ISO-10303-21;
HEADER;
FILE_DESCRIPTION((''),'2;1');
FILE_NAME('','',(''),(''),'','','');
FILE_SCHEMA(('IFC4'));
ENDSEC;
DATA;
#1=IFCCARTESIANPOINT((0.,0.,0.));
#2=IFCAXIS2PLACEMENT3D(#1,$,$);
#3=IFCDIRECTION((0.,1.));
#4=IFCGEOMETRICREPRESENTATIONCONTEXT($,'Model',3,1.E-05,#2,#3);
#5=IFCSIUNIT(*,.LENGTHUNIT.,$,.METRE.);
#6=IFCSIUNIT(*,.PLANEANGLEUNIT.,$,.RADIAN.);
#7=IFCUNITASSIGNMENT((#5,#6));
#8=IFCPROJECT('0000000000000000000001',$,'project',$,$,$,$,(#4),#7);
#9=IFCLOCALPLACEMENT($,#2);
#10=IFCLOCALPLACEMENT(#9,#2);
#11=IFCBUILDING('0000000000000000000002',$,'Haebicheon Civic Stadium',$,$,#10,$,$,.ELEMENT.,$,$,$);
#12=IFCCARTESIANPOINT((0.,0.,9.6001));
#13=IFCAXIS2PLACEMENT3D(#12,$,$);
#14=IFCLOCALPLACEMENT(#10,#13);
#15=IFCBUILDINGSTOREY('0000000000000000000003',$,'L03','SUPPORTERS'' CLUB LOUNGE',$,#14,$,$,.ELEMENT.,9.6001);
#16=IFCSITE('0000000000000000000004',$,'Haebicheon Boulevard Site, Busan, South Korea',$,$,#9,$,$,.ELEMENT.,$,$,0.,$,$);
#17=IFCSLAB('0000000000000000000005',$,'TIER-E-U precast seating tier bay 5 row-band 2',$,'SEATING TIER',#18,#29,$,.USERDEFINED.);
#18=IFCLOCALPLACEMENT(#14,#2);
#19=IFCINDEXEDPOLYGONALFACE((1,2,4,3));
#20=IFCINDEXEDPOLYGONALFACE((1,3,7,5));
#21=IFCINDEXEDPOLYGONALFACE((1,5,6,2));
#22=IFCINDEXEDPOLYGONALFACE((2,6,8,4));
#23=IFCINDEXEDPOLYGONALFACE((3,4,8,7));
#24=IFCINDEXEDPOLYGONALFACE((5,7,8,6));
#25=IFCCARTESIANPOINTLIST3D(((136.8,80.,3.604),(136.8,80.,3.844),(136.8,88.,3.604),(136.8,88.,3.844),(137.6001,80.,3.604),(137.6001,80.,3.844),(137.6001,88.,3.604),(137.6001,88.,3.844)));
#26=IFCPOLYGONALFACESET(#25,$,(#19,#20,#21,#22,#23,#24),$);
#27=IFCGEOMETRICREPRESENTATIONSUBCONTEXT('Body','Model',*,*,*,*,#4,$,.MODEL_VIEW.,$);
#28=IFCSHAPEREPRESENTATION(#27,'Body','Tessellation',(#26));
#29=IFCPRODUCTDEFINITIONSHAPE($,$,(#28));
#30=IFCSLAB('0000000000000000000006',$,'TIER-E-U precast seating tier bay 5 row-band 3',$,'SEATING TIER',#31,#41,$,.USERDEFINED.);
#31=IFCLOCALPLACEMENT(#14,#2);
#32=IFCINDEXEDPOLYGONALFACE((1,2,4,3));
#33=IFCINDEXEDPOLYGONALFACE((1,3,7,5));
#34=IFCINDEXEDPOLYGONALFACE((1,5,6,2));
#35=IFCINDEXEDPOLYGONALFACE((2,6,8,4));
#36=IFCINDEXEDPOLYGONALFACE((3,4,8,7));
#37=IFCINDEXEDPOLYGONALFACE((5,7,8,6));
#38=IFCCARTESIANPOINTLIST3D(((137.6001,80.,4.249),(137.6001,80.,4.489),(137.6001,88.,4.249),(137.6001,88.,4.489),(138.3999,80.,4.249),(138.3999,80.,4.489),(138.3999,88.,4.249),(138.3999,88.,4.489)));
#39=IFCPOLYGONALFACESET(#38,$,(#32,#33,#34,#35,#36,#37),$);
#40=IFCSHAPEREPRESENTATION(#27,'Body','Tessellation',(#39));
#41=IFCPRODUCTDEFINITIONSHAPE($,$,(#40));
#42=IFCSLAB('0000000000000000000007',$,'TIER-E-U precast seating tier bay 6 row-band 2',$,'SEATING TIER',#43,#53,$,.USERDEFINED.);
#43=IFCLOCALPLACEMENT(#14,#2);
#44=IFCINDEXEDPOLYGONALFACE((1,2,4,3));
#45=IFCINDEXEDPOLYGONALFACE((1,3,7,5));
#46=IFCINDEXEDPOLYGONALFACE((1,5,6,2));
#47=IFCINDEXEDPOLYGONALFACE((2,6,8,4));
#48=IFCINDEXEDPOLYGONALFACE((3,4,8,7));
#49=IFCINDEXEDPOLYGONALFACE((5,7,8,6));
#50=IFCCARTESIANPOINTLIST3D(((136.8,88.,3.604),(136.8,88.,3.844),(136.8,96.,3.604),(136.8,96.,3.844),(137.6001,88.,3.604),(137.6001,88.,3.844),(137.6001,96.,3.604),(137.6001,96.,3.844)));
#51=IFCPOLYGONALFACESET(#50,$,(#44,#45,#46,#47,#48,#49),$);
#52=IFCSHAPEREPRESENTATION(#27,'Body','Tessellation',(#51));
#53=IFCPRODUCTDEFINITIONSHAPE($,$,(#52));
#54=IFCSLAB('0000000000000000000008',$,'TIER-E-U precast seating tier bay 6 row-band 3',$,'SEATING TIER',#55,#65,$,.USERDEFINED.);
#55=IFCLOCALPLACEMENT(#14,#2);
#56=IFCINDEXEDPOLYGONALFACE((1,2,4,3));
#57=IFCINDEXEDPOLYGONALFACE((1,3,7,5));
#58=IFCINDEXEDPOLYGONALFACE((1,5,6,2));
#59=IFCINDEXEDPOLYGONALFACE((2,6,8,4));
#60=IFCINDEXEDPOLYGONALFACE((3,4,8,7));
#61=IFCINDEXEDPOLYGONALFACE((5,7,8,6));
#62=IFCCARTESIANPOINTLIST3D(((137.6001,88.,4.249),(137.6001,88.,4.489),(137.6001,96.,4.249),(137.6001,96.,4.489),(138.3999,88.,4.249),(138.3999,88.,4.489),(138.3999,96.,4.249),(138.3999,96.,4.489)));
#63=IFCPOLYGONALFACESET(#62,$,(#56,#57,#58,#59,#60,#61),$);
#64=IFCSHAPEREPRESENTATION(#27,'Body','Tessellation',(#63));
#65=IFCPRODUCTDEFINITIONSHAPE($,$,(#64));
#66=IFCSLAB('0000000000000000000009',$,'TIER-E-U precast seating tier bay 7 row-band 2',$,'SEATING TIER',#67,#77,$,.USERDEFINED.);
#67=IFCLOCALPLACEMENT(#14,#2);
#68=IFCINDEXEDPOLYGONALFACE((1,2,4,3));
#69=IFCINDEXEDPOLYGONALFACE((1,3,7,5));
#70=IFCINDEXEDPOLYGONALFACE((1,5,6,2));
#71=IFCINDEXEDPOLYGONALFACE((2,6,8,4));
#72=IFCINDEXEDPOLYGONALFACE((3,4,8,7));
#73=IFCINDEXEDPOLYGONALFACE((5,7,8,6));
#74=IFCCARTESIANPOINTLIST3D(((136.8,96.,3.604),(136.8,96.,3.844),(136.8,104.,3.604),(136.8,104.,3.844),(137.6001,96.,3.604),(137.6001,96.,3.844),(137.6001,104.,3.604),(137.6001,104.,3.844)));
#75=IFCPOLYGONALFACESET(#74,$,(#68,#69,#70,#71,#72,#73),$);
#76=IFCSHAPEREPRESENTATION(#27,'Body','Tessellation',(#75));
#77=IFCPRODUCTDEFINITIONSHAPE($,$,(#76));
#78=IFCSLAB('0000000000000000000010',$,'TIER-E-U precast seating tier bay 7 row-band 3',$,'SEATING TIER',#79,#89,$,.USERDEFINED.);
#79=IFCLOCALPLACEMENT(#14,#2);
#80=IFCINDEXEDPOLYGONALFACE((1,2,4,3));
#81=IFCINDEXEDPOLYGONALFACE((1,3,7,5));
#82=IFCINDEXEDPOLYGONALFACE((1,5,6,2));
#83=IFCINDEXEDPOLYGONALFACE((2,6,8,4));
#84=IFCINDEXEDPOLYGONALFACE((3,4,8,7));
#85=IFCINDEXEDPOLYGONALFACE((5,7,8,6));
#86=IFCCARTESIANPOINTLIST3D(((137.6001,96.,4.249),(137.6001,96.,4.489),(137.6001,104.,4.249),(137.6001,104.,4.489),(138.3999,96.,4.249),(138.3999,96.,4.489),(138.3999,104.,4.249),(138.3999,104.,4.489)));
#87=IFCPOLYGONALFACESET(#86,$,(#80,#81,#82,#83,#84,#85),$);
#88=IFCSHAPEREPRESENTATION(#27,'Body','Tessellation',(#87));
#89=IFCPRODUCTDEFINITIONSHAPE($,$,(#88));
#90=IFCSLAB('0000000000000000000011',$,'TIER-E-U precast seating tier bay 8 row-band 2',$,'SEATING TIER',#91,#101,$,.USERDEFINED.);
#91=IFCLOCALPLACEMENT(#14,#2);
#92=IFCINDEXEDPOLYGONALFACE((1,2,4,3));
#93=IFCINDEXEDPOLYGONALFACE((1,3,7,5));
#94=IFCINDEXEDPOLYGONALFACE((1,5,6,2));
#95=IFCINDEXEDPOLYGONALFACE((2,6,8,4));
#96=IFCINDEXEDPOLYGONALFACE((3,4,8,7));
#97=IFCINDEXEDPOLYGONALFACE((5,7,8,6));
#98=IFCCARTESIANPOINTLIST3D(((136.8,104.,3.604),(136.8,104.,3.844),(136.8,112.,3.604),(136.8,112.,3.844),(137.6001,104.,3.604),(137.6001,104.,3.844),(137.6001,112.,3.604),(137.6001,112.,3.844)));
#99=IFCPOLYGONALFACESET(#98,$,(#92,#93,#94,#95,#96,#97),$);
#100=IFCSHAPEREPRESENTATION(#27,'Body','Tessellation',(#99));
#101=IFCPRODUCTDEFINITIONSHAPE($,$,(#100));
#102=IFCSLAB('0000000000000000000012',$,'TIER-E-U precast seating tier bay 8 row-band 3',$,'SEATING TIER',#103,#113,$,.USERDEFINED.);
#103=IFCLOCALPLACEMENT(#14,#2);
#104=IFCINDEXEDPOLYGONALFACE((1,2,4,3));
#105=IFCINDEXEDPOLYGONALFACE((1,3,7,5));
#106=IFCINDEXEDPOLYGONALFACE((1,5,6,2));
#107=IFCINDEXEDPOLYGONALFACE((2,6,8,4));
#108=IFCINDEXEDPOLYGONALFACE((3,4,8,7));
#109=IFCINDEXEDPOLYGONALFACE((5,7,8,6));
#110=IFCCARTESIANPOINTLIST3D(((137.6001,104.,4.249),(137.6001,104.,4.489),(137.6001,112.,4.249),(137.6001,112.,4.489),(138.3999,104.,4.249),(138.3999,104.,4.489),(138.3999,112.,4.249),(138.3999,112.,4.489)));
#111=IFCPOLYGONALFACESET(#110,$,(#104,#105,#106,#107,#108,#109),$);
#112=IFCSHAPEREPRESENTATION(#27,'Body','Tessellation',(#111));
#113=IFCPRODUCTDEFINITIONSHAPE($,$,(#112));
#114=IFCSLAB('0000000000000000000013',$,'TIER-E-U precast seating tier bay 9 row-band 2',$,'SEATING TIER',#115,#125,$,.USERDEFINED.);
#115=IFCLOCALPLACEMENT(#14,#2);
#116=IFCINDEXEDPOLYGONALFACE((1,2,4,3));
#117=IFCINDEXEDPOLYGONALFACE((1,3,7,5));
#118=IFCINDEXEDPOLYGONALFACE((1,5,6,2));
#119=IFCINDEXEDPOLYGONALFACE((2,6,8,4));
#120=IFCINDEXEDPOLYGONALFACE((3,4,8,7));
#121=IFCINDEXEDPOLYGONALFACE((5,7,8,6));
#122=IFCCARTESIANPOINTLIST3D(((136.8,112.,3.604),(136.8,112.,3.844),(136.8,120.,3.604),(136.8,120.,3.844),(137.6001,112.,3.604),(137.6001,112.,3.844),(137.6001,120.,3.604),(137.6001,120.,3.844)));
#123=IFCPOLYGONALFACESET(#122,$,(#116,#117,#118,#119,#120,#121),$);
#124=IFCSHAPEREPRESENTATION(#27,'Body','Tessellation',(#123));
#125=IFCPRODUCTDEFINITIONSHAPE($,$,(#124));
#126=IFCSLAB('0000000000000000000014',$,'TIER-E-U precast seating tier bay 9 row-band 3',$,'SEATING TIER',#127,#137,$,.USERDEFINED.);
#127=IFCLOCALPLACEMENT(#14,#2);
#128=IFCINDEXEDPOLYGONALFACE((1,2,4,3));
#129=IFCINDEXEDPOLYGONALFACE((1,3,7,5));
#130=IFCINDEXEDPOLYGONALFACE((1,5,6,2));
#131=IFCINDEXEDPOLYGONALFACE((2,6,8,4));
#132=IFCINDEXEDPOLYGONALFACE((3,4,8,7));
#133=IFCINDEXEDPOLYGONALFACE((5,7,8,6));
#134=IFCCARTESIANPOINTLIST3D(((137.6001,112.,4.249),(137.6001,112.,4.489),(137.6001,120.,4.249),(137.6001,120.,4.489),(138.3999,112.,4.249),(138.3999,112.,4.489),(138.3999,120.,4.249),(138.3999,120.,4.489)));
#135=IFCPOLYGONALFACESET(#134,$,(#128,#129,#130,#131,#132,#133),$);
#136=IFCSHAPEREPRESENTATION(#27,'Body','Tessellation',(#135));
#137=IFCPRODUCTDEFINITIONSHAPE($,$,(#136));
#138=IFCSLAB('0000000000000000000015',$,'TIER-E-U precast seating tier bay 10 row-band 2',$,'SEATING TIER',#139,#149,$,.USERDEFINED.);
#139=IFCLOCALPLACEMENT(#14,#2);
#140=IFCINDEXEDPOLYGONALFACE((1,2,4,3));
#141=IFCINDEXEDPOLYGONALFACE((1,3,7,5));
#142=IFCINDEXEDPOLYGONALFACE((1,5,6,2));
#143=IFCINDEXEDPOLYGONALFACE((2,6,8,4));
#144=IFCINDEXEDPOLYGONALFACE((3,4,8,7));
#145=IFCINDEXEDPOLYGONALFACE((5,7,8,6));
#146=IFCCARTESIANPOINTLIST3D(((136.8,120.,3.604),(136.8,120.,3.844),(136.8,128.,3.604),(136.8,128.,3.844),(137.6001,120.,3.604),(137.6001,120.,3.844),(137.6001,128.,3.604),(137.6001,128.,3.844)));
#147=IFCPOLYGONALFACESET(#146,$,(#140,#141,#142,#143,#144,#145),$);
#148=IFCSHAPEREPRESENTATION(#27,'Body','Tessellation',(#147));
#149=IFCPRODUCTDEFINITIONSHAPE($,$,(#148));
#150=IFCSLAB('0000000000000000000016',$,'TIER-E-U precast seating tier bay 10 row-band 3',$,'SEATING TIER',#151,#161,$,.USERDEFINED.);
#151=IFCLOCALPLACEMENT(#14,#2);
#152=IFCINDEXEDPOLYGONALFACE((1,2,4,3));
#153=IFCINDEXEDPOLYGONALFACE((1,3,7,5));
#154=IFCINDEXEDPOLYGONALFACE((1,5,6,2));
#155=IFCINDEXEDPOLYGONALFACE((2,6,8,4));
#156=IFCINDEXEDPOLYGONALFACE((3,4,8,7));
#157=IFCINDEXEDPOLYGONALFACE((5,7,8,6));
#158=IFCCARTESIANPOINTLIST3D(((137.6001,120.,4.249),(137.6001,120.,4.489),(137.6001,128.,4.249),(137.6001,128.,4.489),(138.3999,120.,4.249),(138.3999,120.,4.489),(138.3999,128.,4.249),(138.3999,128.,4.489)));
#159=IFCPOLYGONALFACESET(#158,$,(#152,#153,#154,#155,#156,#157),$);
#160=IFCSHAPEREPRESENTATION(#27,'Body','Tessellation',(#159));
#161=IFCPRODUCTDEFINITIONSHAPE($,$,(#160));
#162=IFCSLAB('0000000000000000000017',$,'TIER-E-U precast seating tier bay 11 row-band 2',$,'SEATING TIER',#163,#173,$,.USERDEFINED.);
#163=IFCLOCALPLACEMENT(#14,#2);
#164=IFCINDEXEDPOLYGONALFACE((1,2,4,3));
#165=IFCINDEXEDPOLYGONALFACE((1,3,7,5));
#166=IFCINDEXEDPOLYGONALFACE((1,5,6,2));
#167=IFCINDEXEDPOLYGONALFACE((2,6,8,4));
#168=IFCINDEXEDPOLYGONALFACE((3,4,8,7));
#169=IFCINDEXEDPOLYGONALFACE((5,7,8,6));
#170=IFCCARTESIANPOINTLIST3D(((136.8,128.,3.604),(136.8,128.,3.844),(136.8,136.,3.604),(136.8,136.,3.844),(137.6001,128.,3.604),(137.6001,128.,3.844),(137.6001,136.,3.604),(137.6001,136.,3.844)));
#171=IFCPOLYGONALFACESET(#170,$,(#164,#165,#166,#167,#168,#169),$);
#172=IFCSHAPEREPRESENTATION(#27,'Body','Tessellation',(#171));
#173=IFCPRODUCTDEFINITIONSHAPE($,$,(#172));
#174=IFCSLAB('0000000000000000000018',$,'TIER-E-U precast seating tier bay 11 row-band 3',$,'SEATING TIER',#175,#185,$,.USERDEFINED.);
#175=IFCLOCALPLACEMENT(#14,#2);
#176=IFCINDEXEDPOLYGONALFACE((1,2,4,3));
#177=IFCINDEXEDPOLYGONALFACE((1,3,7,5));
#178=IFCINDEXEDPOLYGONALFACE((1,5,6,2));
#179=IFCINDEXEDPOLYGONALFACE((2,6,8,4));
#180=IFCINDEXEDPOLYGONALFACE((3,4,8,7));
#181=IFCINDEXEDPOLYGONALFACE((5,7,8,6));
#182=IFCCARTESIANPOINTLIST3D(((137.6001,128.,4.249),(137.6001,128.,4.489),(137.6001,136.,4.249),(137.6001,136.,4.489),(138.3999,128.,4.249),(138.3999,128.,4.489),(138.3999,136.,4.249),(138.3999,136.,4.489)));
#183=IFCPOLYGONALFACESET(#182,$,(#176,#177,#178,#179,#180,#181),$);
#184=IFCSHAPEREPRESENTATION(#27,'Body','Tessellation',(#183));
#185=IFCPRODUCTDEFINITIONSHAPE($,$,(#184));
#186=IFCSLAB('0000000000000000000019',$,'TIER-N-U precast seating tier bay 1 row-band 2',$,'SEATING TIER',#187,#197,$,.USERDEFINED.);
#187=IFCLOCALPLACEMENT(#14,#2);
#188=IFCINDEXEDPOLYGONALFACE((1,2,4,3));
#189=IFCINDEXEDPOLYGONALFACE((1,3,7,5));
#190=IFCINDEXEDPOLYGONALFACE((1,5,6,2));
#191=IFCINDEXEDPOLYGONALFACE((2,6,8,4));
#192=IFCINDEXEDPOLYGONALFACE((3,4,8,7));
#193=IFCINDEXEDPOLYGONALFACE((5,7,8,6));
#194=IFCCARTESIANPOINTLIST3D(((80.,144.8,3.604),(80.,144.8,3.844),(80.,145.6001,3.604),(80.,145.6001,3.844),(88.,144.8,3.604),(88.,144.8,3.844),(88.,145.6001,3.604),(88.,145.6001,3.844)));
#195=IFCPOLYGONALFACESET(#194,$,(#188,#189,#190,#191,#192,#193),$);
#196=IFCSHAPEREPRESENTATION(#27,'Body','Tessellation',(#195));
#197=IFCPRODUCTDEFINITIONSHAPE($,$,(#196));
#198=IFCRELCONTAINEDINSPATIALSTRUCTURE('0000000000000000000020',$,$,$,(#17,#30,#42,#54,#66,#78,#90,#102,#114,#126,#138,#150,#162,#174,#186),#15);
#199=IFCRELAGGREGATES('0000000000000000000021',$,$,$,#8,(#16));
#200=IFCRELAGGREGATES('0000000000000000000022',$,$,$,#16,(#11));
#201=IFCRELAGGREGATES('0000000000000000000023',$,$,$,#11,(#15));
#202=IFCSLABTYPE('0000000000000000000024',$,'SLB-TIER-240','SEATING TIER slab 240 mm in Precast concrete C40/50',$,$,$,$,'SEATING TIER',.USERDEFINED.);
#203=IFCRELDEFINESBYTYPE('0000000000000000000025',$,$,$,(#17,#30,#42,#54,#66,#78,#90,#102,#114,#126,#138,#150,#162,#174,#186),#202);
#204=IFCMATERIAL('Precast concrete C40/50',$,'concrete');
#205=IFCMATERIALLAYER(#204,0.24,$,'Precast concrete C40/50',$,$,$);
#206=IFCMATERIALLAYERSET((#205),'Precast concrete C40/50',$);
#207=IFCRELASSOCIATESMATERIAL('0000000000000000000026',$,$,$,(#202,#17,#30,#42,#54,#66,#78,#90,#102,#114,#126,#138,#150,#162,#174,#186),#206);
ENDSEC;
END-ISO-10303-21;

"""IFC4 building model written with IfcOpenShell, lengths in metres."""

from ifc_helpers import new_model, si_unit, direction, frame, origin, place, context, subcontext, project, spatial, polyline, outline, extrude, material, layer, layer_set, type_object, element, save


model = new_model("IFC4")

# Units and contexts
model_context = context("Model", 3, precision=1e-05, world=origin(), true_north=direction((0.0, 1.0)))
body_context = subcontext(model_context, "Body", "Model", "MODEL_VIEW")
ifc_project = project(units=[si_unit("LENGTHUNIT", "METRE"), si_unit("PLANEANGLEUNIT", "RADIAN")], contexts=[model_context])

# Site, building, storey
site_placement = place(None, origin())
site = spatial("IfcSite", under=ifc_project, at=site_placement, Name="Haebicheon Boulevard Site, Busan, South Korea", CompositionType="ELEMENT", RefElevation=0.0)
building_placement = place(site_placement, origin())
building = spatial("IfcBuilding", under=site, at=building_placement, Name="Haebicheon Civic Stadium", CompositionType="ELEMENT")
storey_placement = place(building_placement, frame((0.0, 0.0, 9.6001)))
storey = spatial("IfcBuildingStorey", under=building, at=storey_placement, Name="L03", Description="SUPPORTERS' CLUB LOUNGE", CompositionType="ELEMENT", Elevation=9.6001)

# Slabs
ifc_material = material(Name="Precast concrete C40/50", Category="concrete")
ifc_layer = layer(ifc_material, 0.24, Name="Precast concrete C40/50")
ifc_layer_set = layer_set([ifc_layer], Name="Precast concrete C40/50")
slab_type = type_object("IfcSlabType", Name="SLB-TIER-240", Description="SEATING TIER slab 240 mm in Precast concrete C40/50", ElementType="SEATING TIER", PredefinedType="USERDEFINED", material=ifc_layer_set)
slab_1_placement = place(storey_placement, frame((0.0, 0.0, 3.604)))
element("IfcSlab", 1, at=slab_1_placement, inside=storey, type_object=slab_type, material=ifc_layer_set, Name="TIER-E-U precast seating tier bay 5 row-band 2", ObjectType="SEATING TIER", PredefinedType="USERDEFINED", context=body_context, shape_type="SweptSolid", body=[
    extrude(outline(polyline([(136.8, 80.0), (137.6001, 80.0), (137.6001, 88.0), (136.8, 88.0), (136.8, 80.0)])), origin(), (0.0, 0.0, 1.0), 0.24),
])
slab_2_placement = place(storey_placement, frame((0.0, 0.0, 4.249)))
element("IfcSlab", 2, at=slab_2_placement, inside=storey, type_object=slab_type, material=ifc_layer_set, Name="TIER-E-U precast seating tier bay 5 row-band 3", ObjectType="SEATING TIER", PredefinedType="USERDEFINED", context=body_context, shape_type="SweptSolid", body=[
    extrude(outline(polyline([(137.6001, 80.0), (138.3999, 80.0), (138.3999, 88.0), (137.6001, 88.0), (137.6001, 80.0)])), origin(), (0.0, 0.0, 1.0), 0.24),
])
slab_3_placement = place(storey_placement, frame((0.0, 0.0, 3.604)))
element("IfcSlab", 3, at=slab_3_placement, inside=storey, type_object=slab_type, material=ifc_layer_set, Name="TIER-E-U precast seating tier bay 6 row-band 2", ObjectType="SEATING TIER", PredefinedType="USERDEFINED", context=body_context, shape_type="SweptSolid", body=[
    extrude(outline(polyline([(136.8, 88.0), (137.6001, 88.0), (137.6001, 96.0), (136.8, 96.0), (136.8, 88.0)])), origin(), (0.0, 0.0, 1.0), 0.24),
])
slab_4_placement = place(storey_placement, frame((0.0, 0.0, 4.249)))
element("IfcSlab", 4, at=slab_4_placement, inside=storey, type_object=slab_type, material=ifc_layer_set, Name="TIER-E-U precast seating tier bay 6 row-band 3", ObjectType="SEATING TIER", PredefinedType="USERDEFINED", context=body_context, shape_type="SweptSolid", body=[
    extrude(outline(polyline([(137.6001, 88.0), (138.3999, 88.0), (138.3999, 96.0), (137.6001, 96.0), (137.6001, 88.0)])), origin(), (0.0, 0.0, 1.0), 0.24),
])
slab_5_placement = place(storey_placement, frame((0.0, 0.0, 3.604)))
element("IfcSlab", 5, at=slab_5_placement, inside=storey, type_object=slab_type, material=ifc_layer_set, Name="TIER-E-U precast seating tier bay 7 row-band 2", ObjectType="SEATING TIER", PredefinedType="USERDEFINED", context=body_context, shape_type="SweptSolid", body=[
    extrude(outline(polyline([(136.8, 96.0), (137.6001, 96.0), (137.6001, 104.0), (136.8, 104.0), (136.8, 96.0)])), origin(), (0.0, 0.0, 1.0), 0.24),
])
slab_6_placement = place(storey_placement, frame((0.0, 0.0, 4.249)))
element("IfcSlab", 6, at=slab_6_placement, inside=storey, type_object=slab_type, material=ifc_layer_set, Name="TIER-E-U precast seating tier bay 7 row-band 3", ObjectType="SEATING TIER", PredefinedType="USERDEFINED", context=body_context, shape_type="SweptSolid", body=[
    extrude(outline(polyline([(137.6001, 96.0), (138.3999, 96.0), (138.3999, 104.0), (137.6001, 104.0), (137.6001, 96.0)])), origin(), (0.0, 0.0, 1.0), 0.24),
])
slab_7_placement = place(storey_placement, frame((0.0, 0.0, 3.604)))
element("IfcSlab", 7, at=slab_7_placement, inside=storey, type_object=slab_type, material=ifc_layer_set, Name="TIER-E-U precast seating tier bay 8 row-band 2", ObjectType="SEATING TIER", PredefinedType="USERDEFINED", context=body_context, shape_type="SweptSolid", body=[
    extrude(outline(polyline([(136.8, 104.0), (137.6001, 104.0), (137.6001, 112.0), (136.8, 112.0), (136.8, 104.0)])), origin(), (0.0, 0.0, 1.0), 0.24),
])
slab_8_placement = place(storey_placement, frame((0.0, 0.0, 4.249)))
element("IfcSlab", 8, at=slab_8_placement, inside=storey, type_object=slab_type, material=ifc_layer_set, Name="TIER-E-U precast seating tier bay 8 row-band 3", ObjectType="SEATING TIER", PredefinedType="USERDEFINED", context=body_context, shape_type="SweptSolid", body=[
    extrude(outline(polyline([(137.6001, 104.0), (138.3999, 104.0), (138.3999, 112.0), (137.6001, 112.0), (137.6001, 104.0)])), origin(), (0.0, 0.0, 1.0), 0.24),
])
slab_9_placement = place(storey_placement, frame((0.0, 0.0, 3.604)))
element("IfcSlab", 9, at=slab_9_placement, inside=storey, type_object=slab_type, material=ifc_layer_set, Name="TIER-E-U precast seating tier bay 9 row-band 2", ObjectType="SEATING TIER", PredefinedType="USERDEFINED", context=body_context, shape_type="SweptSolid", body=[
    extrude(outline(polyline([(136.8, 112.0), (137.6001, 112.0), (137.6001, 120.0), (136.8, 120.0), (136.8, 112.0)])), origin(), (0.0, 0.0, 1.0), 0.24),
])
slab_10_placement = place(storey_placement, frame((0.0, 0.0, 4.249)))
element("IfcSlab", 10, at=slab_10_placement, inside=storey, type_object=slab_type, material=ifc_layer_set, Name="TIER-E-U precast seating tier bay 9 row-band 3", ObjectType="SEATING TIER", PredefinedType="USERDEFINED", context=body_context, shape_type="SweptSolid", body=[
    extrude(outline(polyline([(137.6001, 112.0), (138.3999, 112.0), (138.3999, 120.0), (137.6001, 120.0), (137.6001, 112.0)])), origin(), (0.0, 0.0, 1.0), 0.24),
])
slab_11_placement = place(storey_placement, frame((0.0, 0.0, 3.604)))
element("IfcSlab", 11, at=slab_11_placement, inside=storey, type_object=slab_type, material=ifc_layer_set, Name="TIER-E-U precast seating tier bay 10 row-band 2", ObjectType="SEATING TIER", PredefinedType="USERDEFINED", context=body_context, shape_type="SweptSolid", body=[
    extrude(outline(polyline([(136.8, 120.0), (137.6001, 120.0), (137.6001, 128.0), (136.8, 128.0), (136.8, 120.0)])), origin(), (0.0, 0.0, 1.0), 0.24),
])
slab_12_placement = place(storey_placement, frame((0.0, 0.0, 4.249)))
element("IfcSlab", 12, at=slab_12_placement, inside=storey, type_object=slab_type, material=ifc_layer_set, Name="TIER-E-U precast seating tier bay 10 row-band 3", ObjectType="SEATING TIER", PredefinedType="USERDEFINED", context=body_context, shape_type="SweptSolid", body=[
    extrude(outline(polyline([(137.6001, 120.0), (138.3999, 120.0), (138.3999, 128.0), (137.6001, 128.0), (137.6001, 120.0)])), origin(), (0.0, 0.0, 1.0), 0.24),
])
slab_13_placement = place(storey_placement, frame((0.0, 0.0, 3.604)))
element("IfcSlab", 13, at=slab_13_placement, inside=storey, type_object=slab_type, material=ifc_layer_set, Name="TIER-E-U precast seating tier bay 11 row-band 2", ObjectType="SEATING TIER", PredefinedType="USERDEFINED", context=body_context, shape_type="SweptSolid", body=[
    extrude(outline(polyline([(136.8, 128.0), (137.6001, 128.0), (137.6001, 136.0), (136.8, 136.0), (136.8, 128.0)])), origin(), (0.0, 0.0, 1.0), 0.24),
])
slab_14_placement = place(storey_placement, frame((0.0, 0.0, 4.249)))
element("IfcSlab", 14, at=slab_14_placement, inside=storey, type_object=slab_type, material=ifc_layer_set, Name="TIER-E-U precast seating tier bay 11 row-band 3", ObjectType="SEATING TIER", PredefinedType="USERDEFINED", context=body_context, shape_type="SweptSolid", body=[
    extrude(outline(polyline([(137.6001, 128.0), (138.3999, 128.0), (138.3999, 136.0), (137.6001, 136.0), (137.6001, 128.0)])), origin(), (0.0, 0.0, 1.0), 0.24),
])
slab_15_placement = place(storey_placement, frame((0.0, 0.0, 3.604)))
element("IfcSlab", 15, at=slab_15_placement, inside=storey, type_object=slab_type, material=ifc_layer_set, Name="TIER-N-U precast seating tier bay 1 row-band 2", ObjectType="SEATING TIER", PredefinedType="USERDEFINED", context=body_context, shape_type="SweptSolid", body=[
    extrude(outline(polyline([(80.0, 144.8), (88.0, 144.8), (88.0, 145.6001), (80.0, 145.6001), (80.0, 144.8)])), origin(), (0.0, 0.0, 1.0), 0.24),
])

save(model, "model.ifc")
